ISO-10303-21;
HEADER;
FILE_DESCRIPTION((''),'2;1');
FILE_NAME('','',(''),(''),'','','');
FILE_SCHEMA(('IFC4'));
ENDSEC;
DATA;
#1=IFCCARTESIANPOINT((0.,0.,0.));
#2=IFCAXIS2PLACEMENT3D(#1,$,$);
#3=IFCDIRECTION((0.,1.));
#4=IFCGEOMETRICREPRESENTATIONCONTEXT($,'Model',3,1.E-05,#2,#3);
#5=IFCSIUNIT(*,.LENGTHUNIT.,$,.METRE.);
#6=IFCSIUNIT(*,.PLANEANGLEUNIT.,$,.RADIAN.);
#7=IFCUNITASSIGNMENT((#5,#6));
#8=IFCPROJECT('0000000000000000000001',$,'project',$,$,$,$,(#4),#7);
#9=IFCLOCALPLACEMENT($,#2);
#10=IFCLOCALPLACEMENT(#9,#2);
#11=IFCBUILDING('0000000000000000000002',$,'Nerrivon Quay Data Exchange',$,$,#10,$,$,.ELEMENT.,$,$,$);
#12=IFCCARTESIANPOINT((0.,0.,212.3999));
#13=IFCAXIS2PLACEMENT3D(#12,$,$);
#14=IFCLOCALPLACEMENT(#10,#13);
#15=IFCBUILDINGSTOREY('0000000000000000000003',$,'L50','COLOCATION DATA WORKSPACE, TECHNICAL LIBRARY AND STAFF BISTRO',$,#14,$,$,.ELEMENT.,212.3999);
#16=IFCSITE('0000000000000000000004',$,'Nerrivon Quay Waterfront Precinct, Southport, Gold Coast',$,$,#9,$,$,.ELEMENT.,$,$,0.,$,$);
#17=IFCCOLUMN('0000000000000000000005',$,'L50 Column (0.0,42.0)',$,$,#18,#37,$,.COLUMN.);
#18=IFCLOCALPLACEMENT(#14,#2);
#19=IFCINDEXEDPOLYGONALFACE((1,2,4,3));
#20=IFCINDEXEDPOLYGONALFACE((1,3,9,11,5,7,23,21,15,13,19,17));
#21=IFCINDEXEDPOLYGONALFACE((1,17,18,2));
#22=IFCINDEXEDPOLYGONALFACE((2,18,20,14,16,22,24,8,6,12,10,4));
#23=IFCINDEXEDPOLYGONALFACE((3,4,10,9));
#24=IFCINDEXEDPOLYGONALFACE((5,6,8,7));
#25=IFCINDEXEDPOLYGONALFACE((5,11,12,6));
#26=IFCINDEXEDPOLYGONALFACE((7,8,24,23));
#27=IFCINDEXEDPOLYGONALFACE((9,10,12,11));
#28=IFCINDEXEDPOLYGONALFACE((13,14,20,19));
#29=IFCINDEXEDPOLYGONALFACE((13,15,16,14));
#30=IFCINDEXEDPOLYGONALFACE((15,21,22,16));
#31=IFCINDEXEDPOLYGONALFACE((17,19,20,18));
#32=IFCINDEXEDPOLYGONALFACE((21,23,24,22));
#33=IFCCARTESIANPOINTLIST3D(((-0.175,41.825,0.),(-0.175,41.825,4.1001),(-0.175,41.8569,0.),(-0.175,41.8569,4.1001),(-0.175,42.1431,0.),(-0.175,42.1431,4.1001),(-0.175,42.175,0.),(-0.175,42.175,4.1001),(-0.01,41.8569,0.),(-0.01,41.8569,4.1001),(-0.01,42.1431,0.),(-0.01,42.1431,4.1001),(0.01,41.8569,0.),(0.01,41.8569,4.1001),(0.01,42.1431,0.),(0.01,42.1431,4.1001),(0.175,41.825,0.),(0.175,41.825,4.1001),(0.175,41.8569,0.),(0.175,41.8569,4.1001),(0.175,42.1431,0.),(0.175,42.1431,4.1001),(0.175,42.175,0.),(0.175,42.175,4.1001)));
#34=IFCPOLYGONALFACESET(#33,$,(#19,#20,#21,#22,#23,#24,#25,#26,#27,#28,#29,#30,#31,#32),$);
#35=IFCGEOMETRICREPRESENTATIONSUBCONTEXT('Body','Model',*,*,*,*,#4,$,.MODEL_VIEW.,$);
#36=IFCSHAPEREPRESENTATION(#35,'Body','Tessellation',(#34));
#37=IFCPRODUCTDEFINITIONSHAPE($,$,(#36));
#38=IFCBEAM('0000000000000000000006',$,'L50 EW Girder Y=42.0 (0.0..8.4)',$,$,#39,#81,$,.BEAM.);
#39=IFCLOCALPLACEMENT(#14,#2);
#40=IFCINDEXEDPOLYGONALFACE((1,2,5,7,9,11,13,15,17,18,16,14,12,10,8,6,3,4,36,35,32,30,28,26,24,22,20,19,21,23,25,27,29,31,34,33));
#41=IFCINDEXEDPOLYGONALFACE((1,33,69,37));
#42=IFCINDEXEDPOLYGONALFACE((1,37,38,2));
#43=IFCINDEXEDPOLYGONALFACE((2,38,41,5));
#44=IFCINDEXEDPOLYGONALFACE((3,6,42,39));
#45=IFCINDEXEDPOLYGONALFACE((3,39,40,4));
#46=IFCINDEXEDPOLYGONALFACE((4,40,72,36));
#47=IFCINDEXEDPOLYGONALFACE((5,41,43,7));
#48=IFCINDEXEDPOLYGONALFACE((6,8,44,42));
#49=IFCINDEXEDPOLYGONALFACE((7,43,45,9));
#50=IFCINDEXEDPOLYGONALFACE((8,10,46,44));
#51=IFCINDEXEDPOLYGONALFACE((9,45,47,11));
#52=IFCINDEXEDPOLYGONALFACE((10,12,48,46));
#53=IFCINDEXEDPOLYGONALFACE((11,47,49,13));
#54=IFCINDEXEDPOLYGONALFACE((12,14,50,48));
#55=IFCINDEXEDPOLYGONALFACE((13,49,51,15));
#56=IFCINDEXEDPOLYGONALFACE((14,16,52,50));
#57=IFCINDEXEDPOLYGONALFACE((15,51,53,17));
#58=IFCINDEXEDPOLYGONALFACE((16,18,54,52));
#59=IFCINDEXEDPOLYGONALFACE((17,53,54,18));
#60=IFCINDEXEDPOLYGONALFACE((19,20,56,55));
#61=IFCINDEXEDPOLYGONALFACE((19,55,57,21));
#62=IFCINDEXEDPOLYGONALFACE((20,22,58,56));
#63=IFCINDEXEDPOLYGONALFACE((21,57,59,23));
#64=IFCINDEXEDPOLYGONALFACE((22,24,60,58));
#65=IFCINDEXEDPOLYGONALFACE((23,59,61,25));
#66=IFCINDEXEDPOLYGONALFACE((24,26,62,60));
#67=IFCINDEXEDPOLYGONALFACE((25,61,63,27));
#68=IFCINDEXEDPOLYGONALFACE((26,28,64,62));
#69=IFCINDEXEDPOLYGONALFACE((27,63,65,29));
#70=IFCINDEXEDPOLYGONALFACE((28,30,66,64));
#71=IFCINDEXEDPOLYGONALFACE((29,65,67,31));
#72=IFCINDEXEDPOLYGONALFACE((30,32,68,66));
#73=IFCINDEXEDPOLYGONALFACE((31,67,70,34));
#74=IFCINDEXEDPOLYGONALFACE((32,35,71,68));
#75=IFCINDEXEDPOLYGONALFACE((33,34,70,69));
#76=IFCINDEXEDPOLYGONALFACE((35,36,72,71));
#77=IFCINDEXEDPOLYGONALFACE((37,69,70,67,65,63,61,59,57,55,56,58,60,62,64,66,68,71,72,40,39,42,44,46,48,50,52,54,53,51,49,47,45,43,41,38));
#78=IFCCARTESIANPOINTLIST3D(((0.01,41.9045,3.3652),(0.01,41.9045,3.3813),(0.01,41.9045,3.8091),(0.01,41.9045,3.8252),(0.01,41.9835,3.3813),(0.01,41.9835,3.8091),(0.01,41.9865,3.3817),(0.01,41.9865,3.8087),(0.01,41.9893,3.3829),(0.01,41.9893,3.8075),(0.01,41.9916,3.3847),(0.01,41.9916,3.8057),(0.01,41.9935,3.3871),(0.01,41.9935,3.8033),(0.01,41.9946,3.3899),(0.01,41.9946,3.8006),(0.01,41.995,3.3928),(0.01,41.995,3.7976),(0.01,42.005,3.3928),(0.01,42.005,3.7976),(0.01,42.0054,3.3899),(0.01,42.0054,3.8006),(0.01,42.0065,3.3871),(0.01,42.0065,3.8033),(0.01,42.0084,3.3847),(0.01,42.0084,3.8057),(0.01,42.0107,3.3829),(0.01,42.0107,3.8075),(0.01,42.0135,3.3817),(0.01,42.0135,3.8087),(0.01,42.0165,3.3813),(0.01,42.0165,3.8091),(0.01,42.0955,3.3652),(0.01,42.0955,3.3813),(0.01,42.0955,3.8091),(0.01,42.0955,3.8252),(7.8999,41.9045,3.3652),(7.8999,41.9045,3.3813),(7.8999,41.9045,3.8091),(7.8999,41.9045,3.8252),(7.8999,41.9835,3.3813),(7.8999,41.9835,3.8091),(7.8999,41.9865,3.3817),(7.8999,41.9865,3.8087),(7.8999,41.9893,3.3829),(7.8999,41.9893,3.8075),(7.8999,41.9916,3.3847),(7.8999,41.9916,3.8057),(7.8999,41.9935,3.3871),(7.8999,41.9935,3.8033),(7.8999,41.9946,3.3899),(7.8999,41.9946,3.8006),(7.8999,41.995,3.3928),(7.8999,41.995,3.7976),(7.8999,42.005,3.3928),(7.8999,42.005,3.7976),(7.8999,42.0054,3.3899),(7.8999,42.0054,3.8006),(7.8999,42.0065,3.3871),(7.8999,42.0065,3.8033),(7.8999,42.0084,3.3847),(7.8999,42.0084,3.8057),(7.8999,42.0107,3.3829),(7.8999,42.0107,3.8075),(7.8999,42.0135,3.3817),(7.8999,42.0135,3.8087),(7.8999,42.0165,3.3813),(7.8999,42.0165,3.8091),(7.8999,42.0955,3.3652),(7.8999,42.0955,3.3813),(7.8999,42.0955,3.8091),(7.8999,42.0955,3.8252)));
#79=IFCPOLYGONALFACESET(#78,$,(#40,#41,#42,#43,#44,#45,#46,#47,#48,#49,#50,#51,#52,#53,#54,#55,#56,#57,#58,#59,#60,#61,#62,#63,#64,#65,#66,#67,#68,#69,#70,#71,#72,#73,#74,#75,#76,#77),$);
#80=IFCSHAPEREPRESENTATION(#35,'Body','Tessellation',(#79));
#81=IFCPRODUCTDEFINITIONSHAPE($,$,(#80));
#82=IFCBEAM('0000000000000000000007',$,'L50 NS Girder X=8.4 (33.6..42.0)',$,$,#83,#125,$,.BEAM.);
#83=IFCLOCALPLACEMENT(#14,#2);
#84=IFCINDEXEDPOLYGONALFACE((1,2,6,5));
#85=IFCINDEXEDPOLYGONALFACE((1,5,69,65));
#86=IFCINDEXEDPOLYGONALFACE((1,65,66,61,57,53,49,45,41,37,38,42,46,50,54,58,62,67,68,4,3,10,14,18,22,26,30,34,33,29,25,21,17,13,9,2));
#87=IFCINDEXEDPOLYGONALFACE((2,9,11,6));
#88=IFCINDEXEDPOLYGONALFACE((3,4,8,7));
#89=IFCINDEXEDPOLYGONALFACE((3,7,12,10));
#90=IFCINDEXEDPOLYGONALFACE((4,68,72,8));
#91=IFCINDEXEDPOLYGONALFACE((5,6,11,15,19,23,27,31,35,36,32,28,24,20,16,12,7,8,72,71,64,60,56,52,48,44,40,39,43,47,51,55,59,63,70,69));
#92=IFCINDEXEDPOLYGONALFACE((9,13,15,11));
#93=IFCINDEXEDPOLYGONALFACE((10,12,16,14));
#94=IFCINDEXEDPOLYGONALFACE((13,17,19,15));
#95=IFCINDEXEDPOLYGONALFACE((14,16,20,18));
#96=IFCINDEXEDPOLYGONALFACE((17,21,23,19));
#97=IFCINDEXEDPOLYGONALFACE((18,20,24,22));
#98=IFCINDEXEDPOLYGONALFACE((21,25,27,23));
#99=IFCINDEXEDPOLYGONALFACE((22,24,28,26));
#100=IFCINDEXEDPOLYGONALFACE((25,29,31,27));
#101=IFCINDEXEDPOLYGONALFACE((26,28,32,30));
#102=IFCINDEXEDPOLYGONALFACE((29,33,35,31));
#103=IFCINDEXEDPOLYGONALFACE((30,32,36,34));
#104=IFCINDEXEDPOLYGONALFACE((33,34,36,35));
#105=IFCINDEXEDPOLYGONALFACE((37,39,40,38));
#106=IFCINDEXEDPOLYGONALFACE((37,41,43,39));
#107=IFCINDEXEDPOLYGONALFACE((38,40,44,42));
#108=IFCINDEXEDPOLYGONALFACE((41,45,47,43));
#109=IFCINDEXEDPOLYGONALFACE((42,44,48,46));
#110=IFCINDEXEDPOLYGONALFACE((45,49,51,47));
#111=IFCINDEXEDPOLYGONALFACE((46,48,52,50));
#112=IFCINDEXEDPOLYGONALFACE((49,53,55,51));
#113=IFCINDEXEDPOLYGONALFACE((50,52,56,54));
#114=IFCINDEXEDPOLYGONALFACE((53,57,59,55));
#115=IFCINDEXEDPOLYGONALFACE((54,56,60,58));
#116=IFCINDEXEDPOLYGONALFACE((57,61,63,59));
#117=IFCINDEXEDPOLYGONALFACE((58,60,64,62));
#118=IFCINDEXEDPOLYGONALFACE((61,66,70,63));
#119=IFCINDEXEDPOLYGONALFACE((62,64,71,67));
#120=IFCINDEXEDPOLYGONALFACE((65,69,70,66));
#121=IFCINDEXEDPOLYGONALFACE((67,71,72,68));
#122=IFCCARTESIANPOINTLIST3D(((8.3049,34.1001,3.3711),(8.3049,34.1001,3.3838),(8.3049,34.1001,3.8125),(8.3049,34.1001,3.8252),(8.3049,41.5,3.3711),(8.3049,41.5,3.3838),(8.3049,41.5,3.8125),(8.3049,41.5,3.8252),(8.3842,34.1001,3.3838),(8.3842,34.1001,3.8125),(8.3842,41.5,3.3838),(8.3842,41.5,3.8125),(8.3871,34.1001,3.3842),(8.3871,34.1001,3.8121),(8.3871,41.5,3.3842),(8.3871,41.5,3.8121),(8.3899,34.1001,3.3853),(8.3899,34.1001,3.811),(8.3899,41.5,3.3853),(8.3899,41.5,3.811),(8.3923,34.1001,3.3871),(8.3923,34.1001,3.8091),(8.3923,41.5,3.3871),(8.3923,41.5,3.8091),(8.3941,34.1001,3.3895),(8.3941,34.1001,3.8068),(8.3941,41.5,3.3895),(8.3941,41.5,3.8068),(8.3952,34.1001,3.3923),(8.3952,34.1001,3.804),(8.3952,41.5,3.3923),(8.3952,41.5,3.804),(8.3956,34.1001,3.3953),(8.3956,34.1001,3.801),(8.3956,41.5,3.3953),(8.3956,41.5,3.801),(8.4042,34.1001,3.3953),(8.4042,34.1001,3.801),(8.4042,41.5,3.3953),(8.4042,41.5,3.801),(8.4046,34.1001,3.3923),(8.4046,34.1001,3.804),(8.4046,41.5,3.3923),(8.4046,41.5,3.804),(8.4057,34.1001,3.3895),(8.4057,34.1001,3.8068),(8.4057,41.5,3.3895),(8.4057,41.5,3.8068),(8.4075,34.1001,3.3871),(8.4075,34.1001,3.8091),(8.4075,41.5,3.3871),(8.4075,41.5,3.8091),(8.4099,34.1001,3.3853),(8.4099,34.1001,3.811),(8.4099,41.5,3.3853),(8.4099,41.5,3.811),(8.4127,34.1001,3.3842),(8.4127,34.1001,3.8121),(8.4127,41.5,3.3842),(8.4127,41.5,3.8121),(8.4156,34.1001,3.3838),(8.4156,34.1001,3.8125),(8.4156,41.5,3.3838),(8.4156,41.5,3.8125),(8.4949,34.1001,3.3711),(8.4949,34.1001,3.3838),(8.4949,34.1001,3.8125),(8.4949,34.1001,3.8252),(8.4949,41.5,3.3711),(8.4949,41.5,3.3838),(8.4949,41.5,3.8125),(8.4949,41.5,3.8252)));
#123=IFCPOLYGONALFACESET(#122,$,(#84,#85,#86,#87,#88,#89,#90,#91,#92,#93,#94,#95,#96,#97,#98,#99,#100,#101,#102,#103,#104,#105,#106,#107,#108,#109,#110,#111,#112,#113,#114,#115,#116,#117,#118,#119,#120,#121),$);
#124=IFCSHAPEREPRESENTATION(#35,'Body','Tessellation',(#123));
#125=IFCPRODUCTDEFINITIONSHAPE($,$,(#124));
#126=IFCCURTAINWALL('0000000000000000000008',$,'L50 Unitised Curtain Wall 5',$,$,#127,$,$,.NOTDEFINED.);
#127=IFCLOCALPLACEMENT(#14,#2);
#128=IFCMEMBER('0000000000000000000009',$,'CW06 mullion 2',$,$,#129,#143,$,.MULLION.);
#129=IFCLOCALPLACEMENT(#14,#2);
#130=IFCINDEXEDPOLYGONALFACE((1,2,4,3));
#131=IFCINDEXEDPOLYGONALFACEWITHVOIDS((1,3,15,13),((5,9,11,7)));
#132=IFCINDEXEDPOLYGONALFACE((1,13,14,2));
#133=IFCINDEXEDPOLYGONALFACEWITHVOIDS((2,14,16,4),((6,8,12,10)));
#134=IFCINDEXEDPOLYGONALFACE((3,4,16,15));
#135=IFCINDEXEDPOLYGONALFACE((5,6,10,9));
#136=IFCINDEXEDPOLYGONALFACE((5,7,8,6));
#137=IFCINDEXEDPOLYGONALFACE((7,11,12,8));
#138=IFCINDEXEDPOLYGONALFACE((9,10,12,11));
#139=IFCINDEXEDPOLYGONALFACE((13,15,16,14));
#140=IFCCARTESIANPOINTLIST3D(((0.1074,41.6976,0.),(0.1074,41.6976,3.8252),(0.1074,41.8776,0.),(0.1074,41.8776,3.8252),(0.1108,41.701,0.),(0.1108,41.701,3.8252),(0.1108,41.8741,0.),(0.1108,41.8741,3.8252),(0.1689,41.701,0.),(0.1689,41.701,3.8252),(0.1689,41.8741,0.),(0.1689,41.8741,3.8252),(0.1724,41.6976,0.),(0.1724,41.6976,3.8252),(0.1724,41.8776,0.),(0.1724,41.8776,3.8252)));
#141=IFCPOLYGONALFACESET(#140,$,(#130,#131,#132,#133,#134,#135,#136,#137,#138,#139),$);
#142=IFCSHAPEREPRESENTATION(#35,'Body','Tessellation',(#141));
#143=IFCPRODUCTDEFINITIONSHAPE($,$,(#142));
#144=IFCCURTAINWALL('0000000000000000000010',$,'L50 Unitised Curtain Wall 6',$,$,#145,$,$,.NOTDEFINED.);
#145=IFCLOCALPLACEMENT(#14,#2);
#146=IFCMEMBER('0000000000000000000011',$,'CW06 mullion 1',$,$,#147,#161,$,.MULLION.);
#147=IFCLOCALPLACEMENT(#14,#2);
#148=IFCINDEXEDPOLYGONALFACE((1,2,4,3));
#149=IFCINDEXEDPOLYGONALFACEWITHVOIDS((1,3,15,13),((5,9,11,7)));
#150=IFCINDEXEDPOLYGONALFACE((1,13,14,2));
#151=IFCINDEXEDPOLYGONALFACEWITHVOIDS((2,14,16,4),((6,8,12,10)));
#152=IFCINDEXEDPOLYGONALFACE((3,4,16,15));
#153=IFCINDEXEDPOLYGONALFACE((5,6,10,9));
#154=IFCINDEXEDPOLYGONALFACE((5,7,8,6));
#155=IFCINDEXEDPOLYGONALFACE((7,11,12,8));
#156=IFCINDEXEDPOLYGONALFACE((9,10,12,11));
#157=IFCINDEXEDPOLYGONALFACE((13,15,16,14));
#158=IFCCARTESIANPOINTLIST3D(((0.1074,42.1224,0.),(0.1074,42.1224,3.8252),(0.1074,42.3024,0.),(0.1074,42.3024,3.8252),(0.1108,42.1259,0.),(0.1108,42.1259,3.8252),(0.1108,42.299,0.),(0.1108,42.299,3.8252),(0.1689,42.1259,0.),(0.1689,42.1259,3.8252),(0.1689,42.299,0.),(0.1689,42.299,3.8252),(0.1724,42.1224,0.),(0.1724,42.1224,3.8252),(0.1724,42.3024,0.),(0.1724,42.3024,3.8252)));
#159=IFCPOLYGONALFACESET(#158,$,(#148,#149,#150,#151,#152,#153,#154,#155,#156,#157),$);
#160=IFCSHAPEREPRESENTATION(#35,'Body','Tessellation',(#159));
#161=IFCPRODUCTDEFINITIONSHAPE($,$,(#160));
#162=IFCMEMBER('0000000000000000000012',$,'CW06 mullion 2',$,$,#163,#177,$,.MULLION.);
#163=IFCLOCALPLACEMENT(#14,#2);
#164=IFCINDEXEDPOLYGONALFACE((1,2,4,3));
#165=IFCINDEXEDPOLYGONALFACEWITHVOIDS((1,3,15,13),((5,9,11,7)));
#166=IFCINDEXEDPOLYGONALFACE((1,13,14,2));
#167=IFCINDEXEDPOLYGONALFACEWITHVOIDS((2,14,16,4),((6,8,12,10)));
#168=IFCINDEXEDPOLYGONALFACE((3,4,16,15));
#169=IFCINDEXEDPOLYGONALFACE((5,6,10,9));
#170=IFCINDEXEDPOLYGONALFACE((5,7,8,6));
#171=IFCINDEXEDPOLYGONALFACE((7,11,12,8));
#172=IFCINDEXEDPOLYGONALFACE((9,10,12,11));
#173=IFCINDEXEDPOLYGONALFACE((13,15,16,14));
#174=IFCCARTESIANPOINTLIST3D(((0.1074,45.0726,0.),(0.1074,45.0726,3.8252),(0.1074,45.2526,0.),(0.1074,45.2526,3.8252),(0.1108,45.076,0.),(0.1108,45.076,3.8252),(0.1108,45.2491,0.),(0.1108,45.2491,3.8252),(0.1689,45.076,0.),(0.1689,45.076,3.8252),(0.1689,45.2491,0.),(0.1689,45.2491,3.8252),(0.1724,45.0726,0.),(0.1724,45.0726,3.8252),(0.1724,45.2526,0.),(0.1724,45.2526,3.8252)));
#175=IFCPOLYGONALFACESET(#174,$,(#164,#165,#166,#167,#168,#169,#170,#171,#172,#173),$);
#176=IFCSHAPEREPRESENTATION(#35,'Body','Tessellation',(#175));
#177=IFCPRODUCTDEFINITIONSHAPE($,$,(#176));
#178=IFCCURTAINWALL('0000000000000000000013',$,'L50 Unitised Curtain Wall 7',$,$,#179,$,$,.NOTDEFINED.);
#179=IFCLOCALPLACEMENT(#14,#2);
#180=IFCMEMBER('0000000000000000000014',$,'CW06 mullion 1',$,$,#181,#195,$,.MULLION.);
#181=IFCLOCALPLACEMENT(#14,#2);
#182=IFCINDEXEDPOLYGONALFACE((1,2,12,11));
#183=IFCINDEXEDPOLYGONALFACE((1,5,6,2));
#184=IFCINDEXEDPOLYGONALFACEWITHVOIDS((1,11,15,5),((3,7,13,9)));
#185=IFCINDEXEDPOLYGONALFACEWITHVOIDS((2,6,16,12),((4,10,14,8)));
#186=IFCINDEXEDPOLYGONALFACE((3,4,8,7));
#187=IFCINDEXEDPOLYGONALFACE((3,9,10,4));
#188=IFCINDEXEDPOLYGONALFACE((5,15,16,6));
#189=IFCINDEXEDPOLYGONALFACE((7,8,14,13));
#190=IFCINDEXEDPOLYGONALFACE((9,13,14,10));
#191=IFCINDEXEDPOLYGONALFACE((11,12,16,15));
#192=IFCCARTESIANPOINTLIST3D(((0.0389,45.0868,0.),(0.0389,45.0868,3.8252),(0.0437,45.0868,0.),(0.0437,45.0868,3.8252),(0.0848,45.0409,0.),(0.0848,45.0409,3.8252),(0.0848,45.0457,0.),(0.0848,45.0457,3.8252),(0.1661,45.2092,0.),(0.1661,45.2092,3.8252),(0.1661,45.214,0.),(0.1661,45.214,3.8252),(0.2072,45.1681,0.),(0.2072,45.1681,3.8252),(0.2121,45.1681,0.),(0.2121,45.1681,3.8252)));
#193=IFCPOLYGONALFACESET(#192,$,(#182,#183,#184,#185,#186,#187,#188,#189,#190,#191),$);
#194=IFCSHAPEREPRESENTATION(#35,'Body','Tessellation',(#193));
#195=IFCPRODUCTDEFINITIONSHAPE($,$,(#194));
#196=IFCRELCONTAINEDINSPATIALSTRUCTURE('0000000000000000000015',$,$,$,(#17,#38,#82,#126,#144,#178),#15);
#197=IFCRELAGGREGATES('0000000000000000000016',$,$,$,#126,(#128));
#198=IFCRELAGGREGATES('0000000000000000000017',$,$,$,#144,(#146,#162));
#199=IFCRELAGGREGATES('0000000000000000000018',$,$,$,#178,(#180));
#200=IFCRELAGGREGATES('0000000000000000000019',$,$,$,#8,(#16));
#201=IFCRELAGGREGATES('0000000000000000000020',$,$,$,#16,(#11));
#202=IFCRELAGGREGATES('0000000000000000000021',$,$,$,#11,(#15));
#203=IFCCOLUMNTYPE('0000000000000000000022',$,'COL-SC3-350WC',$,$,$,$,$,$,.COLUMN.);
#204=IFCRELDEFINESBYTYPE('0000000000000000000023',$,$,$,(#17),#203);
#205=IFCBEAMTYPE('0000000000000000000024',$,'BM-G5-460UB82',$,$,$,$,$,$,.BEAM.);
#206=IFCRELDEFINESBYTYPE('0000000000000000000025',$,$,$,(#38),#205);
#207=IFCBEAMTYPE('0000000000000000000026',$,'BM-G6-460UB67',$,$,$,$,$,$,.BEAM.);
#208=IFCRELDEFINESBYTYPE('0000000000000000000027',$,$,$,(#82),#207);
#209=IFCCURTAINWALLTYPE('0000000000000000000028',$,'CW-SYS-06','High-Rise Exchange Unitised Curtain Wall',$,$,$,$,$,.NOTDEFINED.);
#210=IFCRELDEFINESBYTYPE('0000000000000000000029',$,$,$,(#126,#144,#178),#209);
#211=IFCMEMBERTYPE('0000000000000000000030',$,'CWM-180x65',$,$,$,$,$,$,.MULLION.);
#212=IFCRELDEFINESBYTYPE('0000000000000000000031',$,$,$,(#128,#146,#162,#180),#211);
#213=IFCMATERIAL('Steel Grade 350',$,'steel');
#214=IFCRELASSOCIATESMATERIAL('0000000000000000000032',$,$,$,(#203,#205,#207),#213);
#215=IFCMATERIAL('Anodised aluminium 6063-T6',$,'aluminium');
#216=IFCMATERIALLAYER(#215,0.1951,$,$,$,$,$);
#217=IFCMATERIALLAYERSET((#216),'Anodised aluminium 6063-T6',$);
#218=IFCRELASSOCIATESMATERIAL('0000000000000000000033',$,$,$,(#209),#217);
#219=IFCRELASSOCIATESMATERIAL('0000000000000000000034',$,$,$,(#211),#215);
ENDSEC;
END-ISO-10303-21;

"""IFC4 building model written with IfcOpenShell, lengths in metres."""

from ifc_helpers import new_model, si_unit, direction, frame, origin, origin_2d, place, context, subcontext, project, spatial, hollow_rectangle, i_section, extrude, material, layer, layer_set, material_profile, profile_set, type_object, element, aggregate, save


model = new_model("IFC4")

# Units and contexts
model_context = context("Model", 3, precision=1e-05, world=origin(), true_north=direction((0.0, 1.0)))
body_context = subcontext(model_context, "Body", "Model", "MODEL_VIEW")
ifc_project = project(units=[si_unit("LENGTHUNIT", "METRE"), si_unit("PLANEANGLEUNIT", "RADIAN")], contexts=[model_context])

# Site, building, storey
site_placement = place(None, origin())
site = spatial("IfcSite", under=ifc_project, at=site_placement, Name="Nerrivon Quay Waterfront Precinct, Southport, Gold Coast", CompositionType="ELEMENT", RefElevation=0.0)
building_placement = place(site_placement, origin())
building = spatial("IfcBuilding", under=site, at=building_placement, Name="Nerrivon Quay Data Exchange", CompositionType="ELEMENT")
storey_placement = place(building_placement, frame((0.0, 0.0, 212.3999)))
storey = spatial("IfcBuildingStorey", under=building, at=storey_placement, Name="L50", Description="COLOCATION DATA WORKSPACE, TECHNICAL LIBRARY AND STAFF BISTRO", CompositionType="ELEMENT", Elevation=212.3999)

# Column
ifc_material_1 = material(Name="Steel Grade 350", Category="steel")
ifc_material_profile_1 = material_profile(ifc_material_1, i_section(OverallWidth=0.3501, OverallDepth=0.3501, WebThickness=0.02, FlangeThickness=0.032, at=origin_2d()), Name="350WC230")
ifc_profile_set_1 = profile_set([ifc_material_profile_1], Name="Steel Grade 350")
column_type = type_object("IfcColumnType", Name="COL-SC3-350WC", PredefinedType="COLUMN", material=ifc_profile_set_1)
column_placement = place(storey_placement, frame((0.0, 42.0, 0.0), z_axis=(0.0, 0.0, 1.0), x_axis=(1.0, 0.0, 0.0)))
element("IfcColumn", 1, at=column_placement, inside=storey, type_object=column_type, Name="L50 Column (0.0,42.0)", PredefinedType="COLUMN", context=body_context, shape_type="SweptSolid", body=[
    extrude(i_section(OverallWidth=0.3501, OverallDepth=0.3501, WebThickness=0.02, FlangeThickness=0.032, at=origin_2d()), origin(), (0.0, 0.0, 1.0), 4.1001),
])

# Beams
ifc_material_profile_2 = material_profile(ifc_material_1, i_section(OverallWidth=0.1909, OverallDepth=0.46, WebThickness=0.01, FlangeThickness=0.0161, FilletRadius=0.0115, at=origin_2d()), Name="460UB82.1")
ifc_profile_set_2 = profile_set([ifc_material_profile_2], Name="Steel Grade 350")
beam_type_1 = type_object("IfcBeamType", Name="BM-G5-460UB82", PredefinedType="BEAM", material=ifc_profile_set_2)
beam_1_placement = place(storey_placement, frame((0.01, 42.0, 3.5952), z_axis=(1.0, 0.0, 0.0), x_axis=(0.0, 1.0, 0.0)))
element("IfcBeam", 2, at=beam_1_placement, inside=storey, type_object=beam_type_1, Name="L50 EW Girder Y=42.0 (0.0..8.4)", PredefinedType="BEAM", context=body_context, shape_type="SweptSolid", body=[
    extrude(i_section(OverallWidth=0.1909, OverallDepth=0.46, WebThickness=0.01, FlangeThickness=0.0161, FilletRadius=0.0115, at=origin_2d()), origin(), (0.0, 0.0, 1.0), 7.8899),
])
ifc_material_profile_3 = material_profile(ifc_material_1, i_section(OverallWidth=0.1899, OverallDepth=0.4541, WebThickness=0.0085, FlangeThickness=0.0127, FilletRadius=0.0115, at=origin_2d()), Name="460UB67.1")
ifc_profile_set_3 = profile_set([ifc_material_profile_3], Name="Steel Grade 350")
beam_type_2 = type_object("IfcBeamType", Name="BM-G6-460UB67", PredefinedType="BEAM", material=ifc_profile_set_3)
beam_2_placement = place(storey_placement, frame((8.3999, 34.1001, 3.5981), z_axis=(0.0, 1.0, 0.0), x_axis=(-1.0, 0.0, 0.0)))
element("IfcBeam", 3, at=beam_2_placement, inside=storey, type_object=beam_type_2, Name="L50 NS Girder X=8.4 (33.6..42.0)", PredefinedType="BEAM", context=body_context, shape_type="SweptSolid", body=[
    extrude(i_section(OverallWidth=0.1899, OverallDepth=0.4541, WebThickness=0.0085, FlangeThickness=0.0127, FilletRadius=0.0115, at=origin_2d()), origin(), (0.0, 0.0, 1.0), 7.3999),
])

# Curtain wall, member
ifc_material_2 = material(Name="Anodised aluminium 6063-T6", Category="aluminium")
ifc_layer_1 = layer(ifc_material_2, 0.1951)
ifc_layer_set_1 = layer_set([ifc_layer_1], Name="Anodised aluminium 6063-T6")
curtain_wall_type = type_object("IfcCurtainWallType", Name="CW-SYS-06", Description="High-Rise Exchange Unitised Curtain Wall", PredefinedType="NOTDEFINED", material=ifc_layer_set_1)
curtain_wall_1_placement = place(storey_placement, origin())
curtain_wall_1 = element("IfcCurtainWall", 4, at=curtain_wall_1_placement, inside=storey, type_object=curtain_wall_type, Name="L50 Unitised Curtain Wall 5", PredefinedType="NOTDEFINED")
ifc_material_profile_4 = material_profile(ifc_material_2, hollow_rectangle(XDim=0.0649, YDim=0.1799, WallThickness=0.0034, at=origin_2d()), Name="ALU-MULL-180x65")
ifc_profile_set_4 = profile_set([ifc_material_profile_4], Name="Anodised aluminium 6063-T6")
member_type_1 = type_object("IfcMemberType", Name="CWM-180x65", PredefinedType="MULLION", material=ifc_profile_set_4)
member_1_placement = place(storey_placement, frame((0.1399, 41.7876, 0.0), z_axis=(0.0, 0.0, 1.0), x_axis=(-1.0, 0.0, 0.0)))
member_1 = element("IfcMember", 5, at=member_1_placement, type_object=member_type_1, Name="CW06 mullion 2", PredefinedType="MULLION", context=body_context, shape_type="SweptSolid", body=[
    extrude(hollow_rectangle(XDim=0.0649, YDim=0.1799, WallThickness=0.0034, at=origin_2d()), origin(), (0.0, 0.0, 1.0), 3.8252),
])

# Curtain walls, members
curtain_wall_2_placement = place(storey_placement, origin())
curtain_wall_2 = element("IfcCurtainWall", 6, at=curtain_wall_2_placement, inside=storey, type_object=curtain_wall_type, Name="L50 Unitised Curtain Wall 6", PredefinedType="NOTDEFINED")
member_2_placement = place(storey_placement, frame((0.1399, 42.2124, 0.0), z_axis=(0.0, 0.0, 1.0), x_axis=(-1.0, 0.0, 0.0)))
member_2 = element("IfcMember", 7, at=member_2_placement, type_object=member_type_1, Name="CW06 mullion 1", PredefinedType="MULLION", context=body_context, shape_type="SweptSolid", body=[
    extrude(hollow_rectangle(XDim=0.0649, YDim=0.1799, WallThickness=0.0034, at=origin_2d()), origin(), (0.0, 0.0, 1.0), 3.8252),
])
member_3_placement = place(storey_placement, frame((0.1399, 45.1626, 0.0), z_axis=(0.0, 0.0, 1.0), x_axis=(-1.0, 0.0, 0.0)))
member_3 = element("IfcMember", 8, at=member_3_placement, type_object=member_type_1, Name="CW06 mullion 2", PredefinedType="MULLION", context=body_context, shape_type="SweptSolid", body=[
    extrude(hollow_rectangle(XDim=0.0649, YDim=0.1799, WallThickness=0.0034, at=origin_2d()), origin(), (0.0, 0.0, 1.0), 3.8252),
])
curtain_wall_3_placement = place(storey_placement, origin())
curtain_wall_3 = element("IfcCurtainWall", 9, at=curtain_wall_3_placement, inside=storey, type_object=curtain_wall_type, Name="L50 Unitised Curtain Wall 7", PredefinedType="NOTDEFINED")
member_4_placement = place(storey_placement, frame((0.1255, 45.1274, 0.0), z_axis=(0.0, 0.0, 1.0), x_axis=(-0.707107, 0.707107, 0.0)))
member_4 = element("IfcMember", 10, at=member_4_placement, type_object=member_type_1, Name="CW06 mullion 1", PredefinedType="MULLION", context=body_context, shape_type="SweptSolid", body=[
    extrude(hollow_rectangle(XDim=0.0649, YDim=0.1799, WallThickness=0.0034, at=origin_2d()), origin(), (0.0, 0.0, 1.0), 3.8252),
])

aggregate(curtain_wall_1, [member_1])
aggregate(curtain_wall_2, [member_2, member_3])
aggregate(curtain_wall_3, [member_4])

save(model, "model.ifc")
